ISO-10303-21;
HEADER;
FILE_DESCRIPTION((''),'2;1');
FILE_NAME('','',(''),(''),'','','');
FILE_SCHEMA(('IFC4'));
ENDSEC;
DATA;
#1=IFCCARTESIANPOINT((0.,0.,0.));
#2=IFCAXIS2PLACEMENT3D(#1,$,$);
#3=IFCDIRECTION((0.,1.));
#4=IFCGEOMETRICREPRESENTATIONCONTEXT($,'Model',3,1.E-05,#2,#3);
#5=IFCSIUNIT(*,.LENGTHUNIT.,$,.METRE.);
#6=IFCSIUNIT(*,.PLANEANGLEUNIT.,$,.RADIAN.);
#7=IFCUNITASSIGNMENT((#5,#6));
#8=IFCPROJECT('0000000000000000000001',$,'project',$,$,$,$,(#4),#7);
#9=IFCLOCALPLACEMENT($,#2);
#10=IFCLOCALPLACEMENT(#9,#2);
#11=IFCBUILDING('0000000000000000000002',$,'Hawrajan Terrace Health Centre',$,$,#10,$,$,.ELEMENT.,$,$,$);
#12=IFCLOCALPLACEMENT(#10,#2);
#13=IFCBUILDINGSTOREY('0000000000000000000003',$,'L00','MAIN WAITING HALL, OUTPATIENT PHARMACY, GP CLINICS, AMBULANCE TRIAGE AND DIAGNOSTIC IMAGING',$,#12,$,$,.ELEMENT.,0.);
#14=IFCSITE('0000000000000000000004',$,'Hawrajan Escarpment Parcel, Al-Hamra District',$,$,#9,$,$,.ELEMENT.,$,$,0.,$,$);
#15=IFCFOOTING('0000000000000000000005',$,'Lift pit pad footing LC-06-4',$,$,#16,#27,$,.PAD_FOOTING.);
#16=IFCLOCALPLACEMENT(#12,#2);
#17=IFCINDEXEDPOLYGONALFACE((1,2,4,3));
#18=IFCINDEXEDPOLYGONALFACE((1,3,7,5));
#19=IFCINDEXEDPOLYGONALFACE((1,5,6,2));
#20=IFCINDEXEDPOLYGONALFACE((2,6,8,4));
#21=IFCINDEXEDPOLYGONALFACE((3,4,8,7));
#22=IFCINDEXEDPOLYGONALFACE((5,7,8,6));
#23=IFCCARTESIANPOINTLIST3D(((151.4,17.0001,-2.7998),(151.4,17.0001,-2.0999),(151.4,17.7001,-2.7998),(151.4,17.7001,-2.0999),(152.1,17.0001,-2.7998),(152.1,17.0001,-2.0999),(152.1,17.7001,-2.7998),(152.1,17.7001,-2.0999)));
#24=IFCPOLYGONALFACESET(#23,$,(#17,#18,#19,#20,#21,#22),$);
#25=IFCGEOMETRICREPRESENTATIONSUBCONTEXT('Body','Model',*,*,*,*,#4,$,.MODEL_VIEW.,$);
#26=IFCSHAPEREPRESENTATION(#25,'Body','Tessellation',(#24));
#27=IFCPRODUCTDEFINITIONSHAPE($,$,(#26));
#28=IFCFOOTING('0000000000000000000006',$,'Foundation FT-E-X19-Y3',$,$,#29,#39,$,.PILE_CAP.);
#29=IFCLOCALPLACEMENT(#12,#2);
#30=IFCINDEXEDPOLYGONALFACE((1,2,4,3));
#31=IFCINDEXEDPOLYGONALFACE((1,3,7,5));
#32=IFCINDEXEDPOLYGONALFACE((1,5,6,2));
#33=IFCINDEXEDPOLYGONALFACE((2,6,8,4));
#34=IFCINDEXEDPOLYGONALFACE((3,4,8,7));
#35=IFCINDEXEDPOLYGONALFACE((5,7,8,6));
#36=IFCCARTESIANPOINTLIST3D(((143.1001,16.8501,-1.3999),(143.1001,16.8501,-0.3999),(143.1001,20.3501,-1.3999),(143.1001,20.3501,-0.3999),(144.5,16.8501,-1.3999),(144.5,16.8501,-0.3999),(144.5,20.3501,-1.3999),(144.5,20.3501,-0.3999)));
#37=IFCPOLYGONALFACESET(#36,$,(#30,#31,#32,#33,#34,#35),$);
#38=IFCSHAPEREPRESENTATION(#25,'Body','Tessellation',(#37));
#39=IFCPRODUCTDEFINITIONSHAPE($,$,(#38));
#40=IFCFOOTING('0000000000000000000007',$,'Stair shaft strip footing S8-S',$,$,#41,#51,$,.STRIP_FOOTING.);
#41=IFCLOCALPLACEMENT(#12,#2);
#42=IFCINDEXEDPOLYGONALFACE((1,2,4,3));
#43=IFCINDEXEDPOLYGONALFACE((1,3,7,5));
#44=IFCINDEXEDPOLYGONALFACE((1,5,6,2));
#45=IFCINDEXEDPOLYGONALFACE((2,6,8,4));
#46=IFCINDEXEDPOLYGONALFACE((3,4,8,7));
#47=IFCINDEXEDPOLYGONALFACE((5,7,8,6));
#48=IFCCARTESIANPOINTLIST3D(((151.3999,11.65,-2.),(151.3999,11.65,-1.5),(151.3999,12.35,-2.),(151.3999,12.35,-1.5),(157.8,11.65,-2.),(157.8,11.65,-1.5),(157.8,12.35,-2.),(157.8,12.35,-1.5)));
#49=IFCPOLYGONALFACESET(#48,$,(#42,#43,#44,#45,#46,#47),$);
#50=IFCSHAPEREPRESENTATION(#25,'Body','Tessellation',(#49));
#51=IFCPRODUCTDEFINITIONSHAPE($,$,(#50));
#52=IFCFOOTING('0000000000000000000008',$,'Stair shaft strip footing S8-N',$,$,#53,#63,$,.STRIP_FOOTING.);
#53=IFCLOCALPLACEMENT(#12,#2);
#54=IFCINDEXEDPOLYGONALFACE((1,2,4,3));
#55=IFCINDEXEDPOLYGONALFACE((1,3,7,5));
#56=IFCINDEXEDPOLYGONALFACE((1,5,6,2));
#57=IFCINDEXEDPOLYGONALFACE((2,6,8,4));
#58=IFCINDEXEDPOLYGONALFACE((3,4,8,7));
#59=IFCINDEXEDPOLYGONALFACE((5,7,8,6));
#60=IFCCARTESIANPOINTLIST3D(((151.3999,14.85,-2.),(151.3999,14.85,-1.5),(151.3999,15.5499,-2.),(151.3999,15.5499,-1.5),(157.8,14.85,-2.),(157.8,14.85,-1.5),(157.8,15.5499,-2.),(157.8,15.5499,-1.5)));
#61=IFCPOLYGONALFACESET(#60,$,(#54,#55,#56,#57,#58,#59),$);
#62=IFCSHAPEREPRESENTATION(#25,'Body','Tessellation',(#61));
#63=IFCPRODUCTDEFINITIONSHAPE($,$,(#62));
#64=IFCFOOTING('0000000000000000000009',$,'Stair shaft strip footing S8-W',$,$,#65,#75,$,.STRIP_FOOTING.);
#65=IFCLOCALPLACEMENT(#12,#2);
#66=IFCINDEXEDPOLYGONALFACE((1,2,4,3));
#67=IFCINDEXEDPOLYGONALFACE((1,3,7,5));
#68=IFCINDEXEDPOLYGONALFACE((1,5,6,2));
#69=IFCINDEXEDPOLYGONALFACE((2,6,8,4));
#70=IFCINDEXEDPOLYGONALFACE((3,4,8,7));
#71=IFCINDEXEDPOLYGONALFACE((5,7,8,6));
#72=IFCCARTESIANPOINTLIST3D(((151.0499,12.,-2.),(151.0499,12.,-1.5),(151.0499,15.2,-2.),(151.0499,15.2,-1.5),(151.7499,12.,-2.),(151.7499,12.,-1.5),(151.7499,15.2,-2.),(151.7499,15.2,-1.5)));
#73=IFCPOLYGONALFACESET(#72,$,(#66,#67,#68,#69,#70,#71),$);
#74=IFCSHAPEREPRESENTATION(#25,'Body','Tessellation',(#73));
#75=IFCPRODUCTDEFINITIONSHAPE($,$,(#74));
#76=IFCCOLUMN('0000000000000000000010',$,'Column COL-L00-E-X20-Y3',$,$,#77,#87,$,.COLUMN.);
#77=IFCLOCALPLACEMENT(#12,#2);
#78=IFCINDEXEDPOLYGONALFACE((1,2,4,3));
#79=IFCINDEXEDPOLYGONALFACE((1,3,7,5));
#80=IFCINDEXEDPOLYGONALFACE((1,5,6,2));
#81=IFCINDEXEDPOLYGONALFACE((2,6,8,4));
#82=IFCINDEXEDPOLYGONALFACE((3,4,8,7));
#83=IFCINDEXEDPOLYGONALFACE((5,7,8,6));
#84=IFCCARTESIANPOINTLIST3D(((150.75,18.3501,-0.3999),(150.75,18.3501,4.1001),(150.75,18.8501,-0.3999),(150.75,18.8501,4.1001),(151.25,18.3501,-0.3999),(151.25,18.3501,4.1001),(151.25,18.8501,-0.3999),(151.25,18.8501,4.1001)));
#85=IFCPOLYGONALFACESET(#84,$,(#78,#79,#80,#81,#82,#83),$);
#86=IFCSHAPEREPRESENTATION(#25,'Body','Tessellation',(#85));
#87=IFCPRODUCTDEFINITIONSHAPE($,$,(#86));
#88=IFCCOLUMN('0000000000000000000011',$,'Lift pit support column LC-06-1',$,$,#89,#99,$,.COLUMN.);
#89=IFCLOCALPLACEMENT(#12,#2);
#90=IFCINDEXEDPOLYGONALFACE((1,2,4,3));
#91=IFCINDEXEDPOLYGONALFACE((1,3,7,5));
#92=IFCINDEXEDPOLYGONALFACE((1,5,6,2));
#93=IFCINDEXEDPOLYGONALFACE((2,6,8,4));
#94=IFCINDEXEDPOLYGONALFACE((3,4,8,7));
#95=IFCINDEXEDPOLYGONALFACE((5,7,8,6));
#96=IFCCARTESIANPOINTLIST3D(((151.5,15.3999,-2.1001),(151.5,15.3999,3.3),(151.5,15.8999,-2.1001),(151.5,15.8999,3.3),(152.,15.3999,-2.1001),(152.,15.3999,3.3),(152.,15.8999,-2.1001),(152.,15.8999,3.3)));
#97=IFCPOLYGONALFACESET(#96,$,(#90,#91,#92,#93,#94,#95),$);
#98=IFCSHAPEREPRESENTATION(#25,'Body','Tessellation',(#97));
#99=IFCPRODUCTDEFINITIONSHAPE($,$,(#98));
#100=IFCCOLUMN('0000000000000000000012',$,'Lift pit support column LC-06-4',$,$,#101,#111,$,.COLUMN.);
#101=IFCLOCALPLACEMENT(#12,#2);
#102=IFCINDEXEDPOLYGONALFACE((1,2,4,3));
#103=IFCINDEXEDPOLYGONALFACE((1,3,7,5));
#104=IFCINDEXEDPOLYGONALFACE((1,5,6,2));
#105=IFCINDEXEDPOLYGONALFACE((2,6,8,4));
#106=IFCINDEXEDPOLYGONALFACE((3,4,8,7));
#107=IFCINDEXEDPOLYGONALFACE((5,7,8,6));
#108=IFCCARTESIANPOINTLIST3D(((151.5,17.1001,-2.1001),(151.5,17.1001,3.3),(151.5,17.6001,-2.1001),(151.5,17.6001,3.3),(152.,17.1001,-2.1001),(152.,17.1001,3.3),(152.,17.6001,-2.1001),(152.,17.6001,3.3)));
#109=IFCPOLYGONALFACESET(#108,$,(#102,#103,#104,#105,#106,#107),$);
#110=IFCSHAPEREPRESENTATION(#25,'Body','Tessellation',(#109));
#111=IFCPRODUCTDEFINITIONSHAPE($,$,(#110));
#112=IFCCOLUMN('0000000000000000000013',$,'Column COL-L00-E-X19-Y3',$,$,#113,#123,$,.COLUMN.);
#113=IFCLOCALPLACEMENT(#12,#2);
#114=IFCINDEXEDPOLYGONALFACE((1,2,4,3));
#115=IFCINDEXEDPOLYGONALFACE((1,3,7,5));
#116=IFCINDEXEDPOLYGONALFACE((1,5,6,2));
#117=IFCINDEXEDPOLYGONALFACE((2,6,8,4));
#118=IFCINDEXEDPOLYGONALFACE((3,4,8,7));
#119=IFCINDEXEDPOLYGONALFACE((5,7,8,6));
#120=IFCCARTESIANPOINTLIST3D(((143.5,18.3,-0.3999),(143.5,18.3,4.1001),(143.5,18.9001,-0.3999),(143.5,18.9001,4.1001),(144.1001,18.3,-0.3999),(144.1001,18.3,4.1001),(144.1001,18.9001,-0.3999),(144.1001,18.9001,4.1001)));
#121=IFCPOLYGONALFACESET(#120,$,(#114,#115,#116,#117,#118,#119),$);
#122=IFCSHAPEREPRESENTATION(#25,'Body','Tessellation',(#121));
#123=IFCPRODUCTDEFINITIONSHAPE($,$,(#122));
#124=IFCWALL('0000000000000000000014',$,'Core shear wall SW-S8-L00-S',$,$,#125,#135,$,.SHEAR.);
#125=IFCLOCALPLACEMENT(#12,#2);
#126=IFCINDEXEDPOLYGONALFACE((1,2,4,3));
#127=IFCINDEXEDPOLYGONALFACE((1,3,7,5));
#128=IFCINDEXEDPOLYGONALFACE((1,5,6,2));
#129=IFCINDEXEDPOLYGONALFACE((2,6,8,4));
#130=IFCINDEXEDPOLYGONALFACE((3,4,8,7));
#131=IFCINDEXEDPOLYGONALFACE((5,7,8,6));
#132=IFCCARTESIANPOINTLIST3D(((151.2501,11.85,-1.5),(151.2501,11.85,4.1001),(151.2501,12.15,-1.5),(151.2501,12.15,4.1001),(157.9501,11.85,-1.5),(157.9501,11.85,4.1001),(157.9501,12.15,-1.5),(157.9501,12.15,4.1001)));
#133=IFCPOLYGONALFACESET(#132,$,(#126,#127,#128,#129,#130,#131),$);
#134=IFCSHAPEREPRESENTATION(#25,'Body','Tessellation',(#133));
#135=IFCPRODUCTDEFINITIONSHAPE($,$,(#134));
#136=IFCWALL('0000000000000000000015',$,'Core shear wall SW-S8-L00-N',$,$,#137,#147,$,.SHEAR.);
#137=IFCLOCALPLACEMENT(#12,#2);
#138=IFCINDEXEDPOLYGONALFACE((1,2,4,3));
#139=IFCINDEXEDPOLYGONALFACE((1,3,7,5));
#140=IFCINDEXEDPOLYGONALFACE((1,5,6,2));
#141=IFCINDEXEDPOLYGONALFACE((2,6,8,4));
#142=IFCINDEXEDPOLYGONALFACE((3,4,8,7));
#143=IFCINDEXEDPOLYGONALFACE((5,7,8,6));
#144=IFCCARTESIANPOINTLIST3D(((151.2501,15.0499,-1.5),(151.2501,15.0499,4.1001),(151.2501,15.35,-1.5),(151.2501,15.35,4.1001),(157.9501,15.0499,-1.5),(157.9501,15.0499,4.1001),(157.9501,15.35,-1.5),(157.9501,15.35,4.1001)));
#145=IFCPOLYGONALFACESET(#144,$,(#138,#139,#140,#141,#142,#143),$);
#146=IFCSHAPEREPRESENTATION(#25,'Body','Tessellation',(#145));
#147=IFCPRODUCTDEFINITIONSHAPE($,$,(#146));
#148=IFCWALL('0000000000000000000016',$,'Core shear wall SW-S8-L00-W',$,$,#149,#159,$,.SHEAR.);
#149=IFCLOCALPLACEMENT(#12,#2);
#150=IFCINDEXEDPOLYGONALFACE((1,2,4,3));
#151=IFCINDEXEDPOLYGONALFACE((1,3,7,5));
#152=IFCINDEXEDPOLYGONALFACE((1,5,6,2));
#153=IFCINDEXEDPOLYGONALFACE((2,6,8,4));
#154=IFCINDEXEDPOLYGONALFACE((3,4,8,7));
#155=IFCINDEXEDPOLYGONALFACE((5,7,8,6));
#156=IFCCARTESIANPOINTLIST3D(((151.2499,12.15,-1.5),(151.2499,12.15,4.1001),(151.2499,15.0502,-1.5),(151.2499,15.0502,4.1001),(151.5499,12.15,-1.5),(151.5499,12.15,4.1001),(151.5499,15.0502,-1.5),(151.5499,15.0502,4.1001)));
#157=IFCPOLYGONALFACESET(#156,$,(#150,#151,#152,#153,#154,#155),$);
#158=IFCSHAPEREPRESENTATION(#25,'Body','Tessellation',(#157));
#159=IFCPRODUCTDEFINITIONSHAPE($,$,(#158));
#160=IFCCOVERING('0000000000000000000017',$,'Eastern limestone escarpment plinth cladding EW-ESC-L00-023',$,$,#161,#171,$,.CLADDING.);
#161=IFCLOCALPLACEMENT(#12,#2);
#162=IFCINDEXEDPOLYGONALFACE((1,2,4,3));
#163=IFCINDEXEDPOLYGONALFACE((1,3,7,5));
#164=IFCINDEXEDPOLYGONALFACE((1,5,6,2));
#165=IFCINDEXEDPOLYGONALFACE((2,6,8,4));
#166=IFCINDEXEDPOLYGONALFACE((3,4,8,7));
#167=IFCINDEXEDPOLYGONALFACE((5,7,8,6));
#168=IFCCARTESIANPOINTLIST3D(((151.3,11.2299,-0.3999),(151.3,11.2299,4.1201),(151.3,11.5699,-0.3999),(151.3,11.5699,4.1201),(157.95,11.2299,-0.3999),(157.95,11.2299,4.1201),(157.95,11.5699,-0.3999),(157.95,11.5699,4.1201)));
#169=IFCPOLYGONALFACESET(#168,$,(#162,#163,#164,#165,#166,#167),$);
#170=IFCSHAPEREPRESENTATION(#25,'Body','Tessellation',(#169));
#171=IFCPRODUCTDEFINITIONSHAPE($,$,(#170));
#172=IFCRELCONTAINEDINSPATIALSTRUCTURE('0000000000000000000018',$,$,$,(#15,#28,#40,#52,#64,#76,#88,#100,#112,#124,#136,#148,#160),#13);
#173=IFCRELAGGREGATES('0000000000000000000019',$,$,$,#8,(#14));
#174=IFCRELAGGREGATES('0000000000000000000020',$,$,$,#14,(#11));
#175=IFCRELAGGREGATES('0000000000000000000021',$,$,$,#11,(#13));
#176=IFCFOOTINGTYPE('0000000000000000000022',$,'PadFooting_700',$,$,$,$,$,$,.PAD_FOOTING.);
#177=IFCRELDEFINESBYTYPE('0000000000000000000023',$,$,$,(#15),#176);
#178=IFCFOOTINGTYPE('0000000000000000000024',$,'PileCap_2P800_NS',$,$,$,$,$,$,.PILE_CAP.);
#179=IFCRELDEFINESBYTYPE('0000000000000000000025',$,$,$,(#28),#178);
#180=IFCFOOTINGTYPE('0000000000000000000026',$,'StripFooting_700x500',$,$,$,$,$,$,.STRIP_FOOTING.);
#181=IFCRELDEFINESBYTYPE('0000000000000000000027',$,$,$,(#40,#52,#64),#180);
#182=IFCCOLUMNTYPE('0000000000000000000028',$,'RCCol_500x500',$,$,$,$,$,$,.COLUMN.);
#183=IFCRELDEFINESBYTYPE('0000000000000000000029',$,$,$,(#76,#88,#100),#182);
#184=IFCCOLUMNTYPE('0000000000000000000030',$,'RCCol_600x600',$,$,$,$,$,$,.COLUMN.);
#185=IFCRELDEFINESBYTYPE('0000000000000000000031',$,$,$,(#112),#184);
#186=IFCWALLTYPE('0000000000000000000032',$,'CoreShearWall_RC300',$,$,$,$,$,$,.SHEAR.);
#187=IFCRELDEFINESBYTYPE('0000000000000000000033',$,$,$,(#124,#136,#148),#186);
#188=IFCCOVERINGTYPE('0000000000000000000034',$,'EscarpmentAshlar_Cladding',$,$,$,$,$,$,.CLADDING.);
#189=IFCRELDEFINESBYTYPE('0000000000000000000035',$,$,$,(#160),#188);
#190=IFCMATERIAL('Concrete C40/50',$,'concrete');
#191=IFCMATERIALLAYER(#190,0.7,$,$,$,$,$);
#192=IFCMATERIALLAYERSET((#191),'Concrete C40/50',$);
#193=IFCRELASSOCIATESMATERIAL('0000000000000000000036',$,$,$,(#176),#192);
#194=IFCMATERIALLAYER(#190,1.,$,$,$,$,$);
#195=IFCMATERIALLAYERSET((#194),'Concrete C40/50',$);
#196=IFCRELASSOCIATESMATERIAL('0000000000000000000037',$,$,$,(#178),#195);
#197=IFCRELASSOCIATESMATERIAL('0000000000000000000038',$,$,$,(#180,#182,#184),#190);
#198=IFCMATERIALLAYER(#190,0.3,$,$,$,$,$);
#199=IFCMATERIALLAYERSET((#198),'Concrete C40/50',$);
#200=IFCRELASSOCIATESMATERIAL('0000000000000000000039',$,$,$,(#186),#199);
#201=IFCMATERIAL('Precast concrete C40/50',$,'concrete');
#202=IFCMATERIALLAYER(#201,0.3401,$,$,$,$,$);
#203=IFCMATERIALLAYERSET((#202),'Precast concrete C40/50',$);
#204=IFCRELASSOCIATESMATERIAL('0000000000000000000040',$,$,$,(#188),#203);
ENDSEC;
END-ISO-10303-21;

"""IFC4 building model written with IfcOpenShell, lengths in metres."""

from ifc_helpers import new_model, si_unit, direction, frame, frame_2d, origin, origin_2d, place, context, subcontext, project, spatial, rectangle, extrude, material, layer, layer_set, material_profile, profile_set, type_object, element, save


model = new_model("IFC4")

# Units and contexts
model_context = context("Model", 3, precision=1e-05, world=origin(), true_north=direction((0.0, 1.0)))
body_context = subcontext(model_context, "Body", "Model", "MODEL_VIEW")
ifc_project = project(units=[si_unit("LENGTHUNIT", "METRE"), si_unit("PLANEANGLEUNIT", "RADIAN")], contexts=[model_context])

# Site, building, storey
site_placement = place(None, origin())
site = spatial("IfcSite", under=ifc_project, at=site_placement, Name="Hawrajan Escarpment Parcel, Al-Hamra District", CompositionType="ELEMENT", RefElevation=0.0)
building_placement = place(site_placement, origin())
building = spatial("IfcBuilding", under=site, at=building_placement, Name="Hawrajan Terrace Health Centre", CompositionType="ELEMENT")
storey_placement = place(building_placement, origin())
storey = spatial("IfcBuildingStorey", under=building, at=storey_placement, Name="L00", Description="MAIN WAITING HALL, OUTPATIENT PHARMACY, GP CLINICS, AMBULANCE TRIAGE AND DIAGNOSTIC IMAGING", CompositionType="ELEMENT", Elevation=0.0)

# Shared definitions
ifc_material_1 = material(Name="Concrete C40/50", Category="concrete")

# Footings
ifc_layer_1 = layer(ifc_material_1, 0.7)
ifc_layer_set_1 = layer_set([ifc_layer_1], Name="Concrete C40/50")
footing_type_1 = type_object("IfcFootingType", Name="PadFooting_700", PredefinedType="PAD_FOOTING", material=ifc_layer_set_1)
for number, where, z_axis, x_axis, name in (
    (1, (151.75, 17.3501, -2.7998), (0.0, 0.0, 1.0), (1.0, 0.0, 0.0), "Lift pit pad footing LC-06-4"),
):
    element("IfcFooting", number, at=place(storey_placement, frame(where, z_axis=z_axis, x_axis=x_axis)), inside=storey, type_object=footing_type_1, Name=name, PredefinedType="PAD_FOOTING", context=body_context, shape_type="SweptSolid", body=[
        extrude(rectangle(XDim=0.7, YDim=0.7, at=origin_2d()), origin(), (0.0, 0.0, 1.0), 0.7),
    ])
ifc_layer_2 = layer(ifc_material_1, 1.0)
ifc_layer_set_2 = layer_set([ifc_layer_2], Name="Concrete C40/50")
footing_type_2 = type_object("IfcFootingType", Name="PileCap_2P800_NS", PredefinedType="PILE_CAP", material=ifc_layer_set_2)
footing_1_placement = place(storey_placement, frame((143.8, 18.6001, -1.3999), z_axis=(0.0, 0.0, 1.0), x_axis=(1.0, 0.0, 0.0)))
element("IfcFooting", 2, at=footing_1_placement, inside=storey, type_object=footing_type_2, Name="Foundation FT-E-X19-Y3", PredefinedType="PILE_CAP", context=body_context, shape_type="SweptSolid", body=[
    extrude(rectangle(XDim=1.3999, YDim=3.5, at=origin_2d()), origin(), (0.0, 0.0, 1.0), 1.0),
])
ifc_material_profile_1 = material_profile(ifc_material_1, rectangle(XDim=0.7, YDim=0.5, at=origin_2d()), Name="RC STRIP 700x500")
ifc_profile_set_1 = profile_set([ifc_material_profile_1], Name="Concrete C40/50")
footing_type_3 = type_object("IfcFootingType", Name="StripFooting_700x500", PredefinedType="STRIP_FOOTING", material=ifc_profile_set_1)
for number, where, z_axis, x_axis, name in (
    (3, (151.3999, 12.0, -1.75), (1.0, 0.0, 0.0), (0.0, 1.0, 0.0), "Stair shaft strip footing S8-S"),
    (4, (151.3999, 15.2, -1.75), (1.0, 0.0, 0.0), (0.0, 1.0, 0.0), "Stair shaft strip footing S8-N"),
):
    element("IfcFooting", number, at=place(storey_placement, frame(where, z_axis=z_axis, x_axis=x_axis)), inside=storey, type_object=footing_type_3, Name=name, PredefinedType="STRIP_FOOTING", context=body_context, shape_type="SweptSolid", body=[
        extrude(rectangle(XDim=0.7, YDim=0.5, at=origin_2d()), origin(), (0.0, 0.0, 1.0), 6.4001),
    ])
footing_2_placement = place(storey_placement, frame((151.3999, 12.0, -1.75), z_axis=(0.0, 1.0, 0.0), x_axis=(-1.0, 0.0, 0.0)))
element("IfcFooting", 5, at=footing_2_placement, inside=storey, type_object=footing_type_3, Name="Stair shaft strip footing S8-W", PredefinedType="STRIP_FOOTING", context=body_context, shape_type="SweptSolid", body=[
    extrude(rectangle(XDim=0.7, YDim=0.5, at=origin_2d()), origin(), (0.0, 0.0, 1.0), 3.2),
])

# Columns
ifc_material_profile_2 = material_profile(ifc_material_1, rectangle(XDim=0.5, YDim=0.5, at=origin_2d()), Name="RC 500x500")
ifc_profile_set_2 = profile_set([ifc_material_profile_2], Name="Concrete C40/50")
column_type_1 = type_object("IfcColumnType", Name="RCCol_500x500", PredefinedType="COLUMN", material=ifc_profile_set_2)
column_1_placement = place(storey_placement, frame((151.0, 18.6001, -0.3999), z_axis=(0.0, 0.0, 1.0), x_axis=(1.0, 0.0, 0.0)))
element("IfcColumn", 6, at=column_1_placement, inside=storey, type_object=column_type_1, Name="Column COL-L00-E-X20-Y3", PredefinedType="COLUMN", context=body_context, shape_type="SweptSolid", body=[
    extrude(rectangle(XDim=0.5, YDim=0.5, at=origin_2d()), origin(), (0.0, 0.0, 1.0), 4.5),
])
for number, where, z_axis, x_axis, name in (
    (7, (151.75, 15.6499, -2.1001), (0.0, 0.0, 1.0), (1.0, 0.0, 0.0), "Lift pit support column LC-06-1"),
    (8, (151.75, 17.3501, -2.1001), (0.0, 0.0, 1.0), (1.0, 0.0, 0.0), "Lift pit support column LC-06-4"),
):
    element("IfcColumn", number, at=place(storey_placement, frame(where, z_axis=z_axis, x_axis=x_axis)), inside=storey, type_object=column_type_1, Name=name, PredefinedType="COLUMN", context=body_context, shape_type="SweptSolid", body=[
        extrude(rectangle(XDim=0.5, YDim=0.5, at=origin_2d()), origin(), (0.0, 0.0, 1.0), 5.4001),
    ])
ifc_material_profile_3 = material_profile(ifc_material_1, rectangle(XDim=0.6001, YDim=0.6001, at=origin_2d()), Name="RC 600x600")
ifc_profile_set_3 = profile_set([ifc_material_profile_3], Name="Concrete C40/50")
column_type_2 = type_object("IfcColumnType", Name="RCCol_600x600", PredefinedType="COLUMN", material=ifc_profile_set_3)
column_2_placement = place(storey_placement, frame((143.8, 18.6001, -0.3999), z_axis=(0.0, 0.0, 1.0), x_axis=(1.0, 0.0, 0.0)))
element("IfcColumn", 9, at=column_2_placement, inside=storey, type_object=column_type_2, Name="Column COL-L00-E-X19-Y3", PredefinedType="COLUMN", context=body_context, shape_type="SweptSolid", body=[
    extrude(rectangle(XDim=0.6001, YDim=0.6001, at=origin_2d()), origin(), (0.0, 0.0, 1.0), 4.5),
])

# Walls
ifc_layer_3 = layer(ifc_material_1, 0.3)
ifc_layer_set_3 = layer_set([ifc_layer_3], Name="Concrete C40/50")
wall_type = type_object("IfcWallType", Name="CoreShearWall_RC300", PredefinedType="SHEAR", material=ifc_layer_set_3)
for number, where, z_axis, x_axis, name in (
    (10, (151.25, 12.0, -1.5), (0.0, 0.0, 1.0), (1.0, 0.0, 0.0), "Core shear wall SW-S8-L00-S"),
    (11, (151.25, 15.2, -1.5), (0.0, 0.0, 1.0), (1.0, 0.0, 0.0), "Core shear wall SW-S8-L00-N"),
):
    element("IfcWall", number, at=place(storey_placement, frame(where, z_axis=z_axis, x_axis=x_axis)), inside=storey, type_object=wall_type, Name=name, PredefinedType="SHEAR", context=body_context, shape_type="SweptSolid", body=[
        extrude(rectangle(XDim=6.7, YDim=0.3, at=frame_2d((3.3501, 0.0))), origin(), (0.0, 0.0, 1.0), 5.6001),
    ])
wall_placement = place(storey_placement, frame((151.3999, 12.1499, -1.5), z_axis=(0.0, 0.0, 1.0), x_axis=(0.0, 1.0, 0.0)))
element("IfcWall", 12, at=wall_placement, inside=storey, type_object=wall_type, Name="Core shear wall SW-S8-L00-W", PredefinedType="SHEAR", context=body_context, shape_type="SweptSolid", body=[
    extrude(rectangle(XDim=2.9001, YDim=0.3, at=frame_2d((1.4502, 0.0))), origin(), (0.0, 0.0, 1.0), 5.6001),
])

# Covering
ifc_material_2 = material(Name="Precast concrete C40/50", Category="concrete")
ifc_layer_4 = layer(ifc_material_2, 0.3401)
ifc_layer_set_4 = layer_set([ifc_layer_4], Name="Precast concrete C40/50")
covering_type = type_object("IfcCoveringType", Name="EscarpmentAshlar_Cladding", PredefinedType="CLADDING", material=ifc_layer_set_4)
covering_placement = place(storey_placement, frame((151.3, 11.3999, -0.3999), z_axis=(0.0, 0.0, 1.0), x_axis=(1.0, 0.0, 0.0)))
element("IfcCovering", 13, at=covering_placement, inside=storey, type_object=covering_type, Name="Eastern limestone escarpment plinth cladding EW-ESC-L00-023", PredefinedType="CLADDING", context=body_context, shape_type="SweptSolid", body=[
    extrude(rectangle(XDim=6.6499, YDim=0.3401, at=frame_2d((3.325, 0.0))), origin(), (0.0, 0.0, 1.0), 4.52),
])

save(model, "model.ifc")
